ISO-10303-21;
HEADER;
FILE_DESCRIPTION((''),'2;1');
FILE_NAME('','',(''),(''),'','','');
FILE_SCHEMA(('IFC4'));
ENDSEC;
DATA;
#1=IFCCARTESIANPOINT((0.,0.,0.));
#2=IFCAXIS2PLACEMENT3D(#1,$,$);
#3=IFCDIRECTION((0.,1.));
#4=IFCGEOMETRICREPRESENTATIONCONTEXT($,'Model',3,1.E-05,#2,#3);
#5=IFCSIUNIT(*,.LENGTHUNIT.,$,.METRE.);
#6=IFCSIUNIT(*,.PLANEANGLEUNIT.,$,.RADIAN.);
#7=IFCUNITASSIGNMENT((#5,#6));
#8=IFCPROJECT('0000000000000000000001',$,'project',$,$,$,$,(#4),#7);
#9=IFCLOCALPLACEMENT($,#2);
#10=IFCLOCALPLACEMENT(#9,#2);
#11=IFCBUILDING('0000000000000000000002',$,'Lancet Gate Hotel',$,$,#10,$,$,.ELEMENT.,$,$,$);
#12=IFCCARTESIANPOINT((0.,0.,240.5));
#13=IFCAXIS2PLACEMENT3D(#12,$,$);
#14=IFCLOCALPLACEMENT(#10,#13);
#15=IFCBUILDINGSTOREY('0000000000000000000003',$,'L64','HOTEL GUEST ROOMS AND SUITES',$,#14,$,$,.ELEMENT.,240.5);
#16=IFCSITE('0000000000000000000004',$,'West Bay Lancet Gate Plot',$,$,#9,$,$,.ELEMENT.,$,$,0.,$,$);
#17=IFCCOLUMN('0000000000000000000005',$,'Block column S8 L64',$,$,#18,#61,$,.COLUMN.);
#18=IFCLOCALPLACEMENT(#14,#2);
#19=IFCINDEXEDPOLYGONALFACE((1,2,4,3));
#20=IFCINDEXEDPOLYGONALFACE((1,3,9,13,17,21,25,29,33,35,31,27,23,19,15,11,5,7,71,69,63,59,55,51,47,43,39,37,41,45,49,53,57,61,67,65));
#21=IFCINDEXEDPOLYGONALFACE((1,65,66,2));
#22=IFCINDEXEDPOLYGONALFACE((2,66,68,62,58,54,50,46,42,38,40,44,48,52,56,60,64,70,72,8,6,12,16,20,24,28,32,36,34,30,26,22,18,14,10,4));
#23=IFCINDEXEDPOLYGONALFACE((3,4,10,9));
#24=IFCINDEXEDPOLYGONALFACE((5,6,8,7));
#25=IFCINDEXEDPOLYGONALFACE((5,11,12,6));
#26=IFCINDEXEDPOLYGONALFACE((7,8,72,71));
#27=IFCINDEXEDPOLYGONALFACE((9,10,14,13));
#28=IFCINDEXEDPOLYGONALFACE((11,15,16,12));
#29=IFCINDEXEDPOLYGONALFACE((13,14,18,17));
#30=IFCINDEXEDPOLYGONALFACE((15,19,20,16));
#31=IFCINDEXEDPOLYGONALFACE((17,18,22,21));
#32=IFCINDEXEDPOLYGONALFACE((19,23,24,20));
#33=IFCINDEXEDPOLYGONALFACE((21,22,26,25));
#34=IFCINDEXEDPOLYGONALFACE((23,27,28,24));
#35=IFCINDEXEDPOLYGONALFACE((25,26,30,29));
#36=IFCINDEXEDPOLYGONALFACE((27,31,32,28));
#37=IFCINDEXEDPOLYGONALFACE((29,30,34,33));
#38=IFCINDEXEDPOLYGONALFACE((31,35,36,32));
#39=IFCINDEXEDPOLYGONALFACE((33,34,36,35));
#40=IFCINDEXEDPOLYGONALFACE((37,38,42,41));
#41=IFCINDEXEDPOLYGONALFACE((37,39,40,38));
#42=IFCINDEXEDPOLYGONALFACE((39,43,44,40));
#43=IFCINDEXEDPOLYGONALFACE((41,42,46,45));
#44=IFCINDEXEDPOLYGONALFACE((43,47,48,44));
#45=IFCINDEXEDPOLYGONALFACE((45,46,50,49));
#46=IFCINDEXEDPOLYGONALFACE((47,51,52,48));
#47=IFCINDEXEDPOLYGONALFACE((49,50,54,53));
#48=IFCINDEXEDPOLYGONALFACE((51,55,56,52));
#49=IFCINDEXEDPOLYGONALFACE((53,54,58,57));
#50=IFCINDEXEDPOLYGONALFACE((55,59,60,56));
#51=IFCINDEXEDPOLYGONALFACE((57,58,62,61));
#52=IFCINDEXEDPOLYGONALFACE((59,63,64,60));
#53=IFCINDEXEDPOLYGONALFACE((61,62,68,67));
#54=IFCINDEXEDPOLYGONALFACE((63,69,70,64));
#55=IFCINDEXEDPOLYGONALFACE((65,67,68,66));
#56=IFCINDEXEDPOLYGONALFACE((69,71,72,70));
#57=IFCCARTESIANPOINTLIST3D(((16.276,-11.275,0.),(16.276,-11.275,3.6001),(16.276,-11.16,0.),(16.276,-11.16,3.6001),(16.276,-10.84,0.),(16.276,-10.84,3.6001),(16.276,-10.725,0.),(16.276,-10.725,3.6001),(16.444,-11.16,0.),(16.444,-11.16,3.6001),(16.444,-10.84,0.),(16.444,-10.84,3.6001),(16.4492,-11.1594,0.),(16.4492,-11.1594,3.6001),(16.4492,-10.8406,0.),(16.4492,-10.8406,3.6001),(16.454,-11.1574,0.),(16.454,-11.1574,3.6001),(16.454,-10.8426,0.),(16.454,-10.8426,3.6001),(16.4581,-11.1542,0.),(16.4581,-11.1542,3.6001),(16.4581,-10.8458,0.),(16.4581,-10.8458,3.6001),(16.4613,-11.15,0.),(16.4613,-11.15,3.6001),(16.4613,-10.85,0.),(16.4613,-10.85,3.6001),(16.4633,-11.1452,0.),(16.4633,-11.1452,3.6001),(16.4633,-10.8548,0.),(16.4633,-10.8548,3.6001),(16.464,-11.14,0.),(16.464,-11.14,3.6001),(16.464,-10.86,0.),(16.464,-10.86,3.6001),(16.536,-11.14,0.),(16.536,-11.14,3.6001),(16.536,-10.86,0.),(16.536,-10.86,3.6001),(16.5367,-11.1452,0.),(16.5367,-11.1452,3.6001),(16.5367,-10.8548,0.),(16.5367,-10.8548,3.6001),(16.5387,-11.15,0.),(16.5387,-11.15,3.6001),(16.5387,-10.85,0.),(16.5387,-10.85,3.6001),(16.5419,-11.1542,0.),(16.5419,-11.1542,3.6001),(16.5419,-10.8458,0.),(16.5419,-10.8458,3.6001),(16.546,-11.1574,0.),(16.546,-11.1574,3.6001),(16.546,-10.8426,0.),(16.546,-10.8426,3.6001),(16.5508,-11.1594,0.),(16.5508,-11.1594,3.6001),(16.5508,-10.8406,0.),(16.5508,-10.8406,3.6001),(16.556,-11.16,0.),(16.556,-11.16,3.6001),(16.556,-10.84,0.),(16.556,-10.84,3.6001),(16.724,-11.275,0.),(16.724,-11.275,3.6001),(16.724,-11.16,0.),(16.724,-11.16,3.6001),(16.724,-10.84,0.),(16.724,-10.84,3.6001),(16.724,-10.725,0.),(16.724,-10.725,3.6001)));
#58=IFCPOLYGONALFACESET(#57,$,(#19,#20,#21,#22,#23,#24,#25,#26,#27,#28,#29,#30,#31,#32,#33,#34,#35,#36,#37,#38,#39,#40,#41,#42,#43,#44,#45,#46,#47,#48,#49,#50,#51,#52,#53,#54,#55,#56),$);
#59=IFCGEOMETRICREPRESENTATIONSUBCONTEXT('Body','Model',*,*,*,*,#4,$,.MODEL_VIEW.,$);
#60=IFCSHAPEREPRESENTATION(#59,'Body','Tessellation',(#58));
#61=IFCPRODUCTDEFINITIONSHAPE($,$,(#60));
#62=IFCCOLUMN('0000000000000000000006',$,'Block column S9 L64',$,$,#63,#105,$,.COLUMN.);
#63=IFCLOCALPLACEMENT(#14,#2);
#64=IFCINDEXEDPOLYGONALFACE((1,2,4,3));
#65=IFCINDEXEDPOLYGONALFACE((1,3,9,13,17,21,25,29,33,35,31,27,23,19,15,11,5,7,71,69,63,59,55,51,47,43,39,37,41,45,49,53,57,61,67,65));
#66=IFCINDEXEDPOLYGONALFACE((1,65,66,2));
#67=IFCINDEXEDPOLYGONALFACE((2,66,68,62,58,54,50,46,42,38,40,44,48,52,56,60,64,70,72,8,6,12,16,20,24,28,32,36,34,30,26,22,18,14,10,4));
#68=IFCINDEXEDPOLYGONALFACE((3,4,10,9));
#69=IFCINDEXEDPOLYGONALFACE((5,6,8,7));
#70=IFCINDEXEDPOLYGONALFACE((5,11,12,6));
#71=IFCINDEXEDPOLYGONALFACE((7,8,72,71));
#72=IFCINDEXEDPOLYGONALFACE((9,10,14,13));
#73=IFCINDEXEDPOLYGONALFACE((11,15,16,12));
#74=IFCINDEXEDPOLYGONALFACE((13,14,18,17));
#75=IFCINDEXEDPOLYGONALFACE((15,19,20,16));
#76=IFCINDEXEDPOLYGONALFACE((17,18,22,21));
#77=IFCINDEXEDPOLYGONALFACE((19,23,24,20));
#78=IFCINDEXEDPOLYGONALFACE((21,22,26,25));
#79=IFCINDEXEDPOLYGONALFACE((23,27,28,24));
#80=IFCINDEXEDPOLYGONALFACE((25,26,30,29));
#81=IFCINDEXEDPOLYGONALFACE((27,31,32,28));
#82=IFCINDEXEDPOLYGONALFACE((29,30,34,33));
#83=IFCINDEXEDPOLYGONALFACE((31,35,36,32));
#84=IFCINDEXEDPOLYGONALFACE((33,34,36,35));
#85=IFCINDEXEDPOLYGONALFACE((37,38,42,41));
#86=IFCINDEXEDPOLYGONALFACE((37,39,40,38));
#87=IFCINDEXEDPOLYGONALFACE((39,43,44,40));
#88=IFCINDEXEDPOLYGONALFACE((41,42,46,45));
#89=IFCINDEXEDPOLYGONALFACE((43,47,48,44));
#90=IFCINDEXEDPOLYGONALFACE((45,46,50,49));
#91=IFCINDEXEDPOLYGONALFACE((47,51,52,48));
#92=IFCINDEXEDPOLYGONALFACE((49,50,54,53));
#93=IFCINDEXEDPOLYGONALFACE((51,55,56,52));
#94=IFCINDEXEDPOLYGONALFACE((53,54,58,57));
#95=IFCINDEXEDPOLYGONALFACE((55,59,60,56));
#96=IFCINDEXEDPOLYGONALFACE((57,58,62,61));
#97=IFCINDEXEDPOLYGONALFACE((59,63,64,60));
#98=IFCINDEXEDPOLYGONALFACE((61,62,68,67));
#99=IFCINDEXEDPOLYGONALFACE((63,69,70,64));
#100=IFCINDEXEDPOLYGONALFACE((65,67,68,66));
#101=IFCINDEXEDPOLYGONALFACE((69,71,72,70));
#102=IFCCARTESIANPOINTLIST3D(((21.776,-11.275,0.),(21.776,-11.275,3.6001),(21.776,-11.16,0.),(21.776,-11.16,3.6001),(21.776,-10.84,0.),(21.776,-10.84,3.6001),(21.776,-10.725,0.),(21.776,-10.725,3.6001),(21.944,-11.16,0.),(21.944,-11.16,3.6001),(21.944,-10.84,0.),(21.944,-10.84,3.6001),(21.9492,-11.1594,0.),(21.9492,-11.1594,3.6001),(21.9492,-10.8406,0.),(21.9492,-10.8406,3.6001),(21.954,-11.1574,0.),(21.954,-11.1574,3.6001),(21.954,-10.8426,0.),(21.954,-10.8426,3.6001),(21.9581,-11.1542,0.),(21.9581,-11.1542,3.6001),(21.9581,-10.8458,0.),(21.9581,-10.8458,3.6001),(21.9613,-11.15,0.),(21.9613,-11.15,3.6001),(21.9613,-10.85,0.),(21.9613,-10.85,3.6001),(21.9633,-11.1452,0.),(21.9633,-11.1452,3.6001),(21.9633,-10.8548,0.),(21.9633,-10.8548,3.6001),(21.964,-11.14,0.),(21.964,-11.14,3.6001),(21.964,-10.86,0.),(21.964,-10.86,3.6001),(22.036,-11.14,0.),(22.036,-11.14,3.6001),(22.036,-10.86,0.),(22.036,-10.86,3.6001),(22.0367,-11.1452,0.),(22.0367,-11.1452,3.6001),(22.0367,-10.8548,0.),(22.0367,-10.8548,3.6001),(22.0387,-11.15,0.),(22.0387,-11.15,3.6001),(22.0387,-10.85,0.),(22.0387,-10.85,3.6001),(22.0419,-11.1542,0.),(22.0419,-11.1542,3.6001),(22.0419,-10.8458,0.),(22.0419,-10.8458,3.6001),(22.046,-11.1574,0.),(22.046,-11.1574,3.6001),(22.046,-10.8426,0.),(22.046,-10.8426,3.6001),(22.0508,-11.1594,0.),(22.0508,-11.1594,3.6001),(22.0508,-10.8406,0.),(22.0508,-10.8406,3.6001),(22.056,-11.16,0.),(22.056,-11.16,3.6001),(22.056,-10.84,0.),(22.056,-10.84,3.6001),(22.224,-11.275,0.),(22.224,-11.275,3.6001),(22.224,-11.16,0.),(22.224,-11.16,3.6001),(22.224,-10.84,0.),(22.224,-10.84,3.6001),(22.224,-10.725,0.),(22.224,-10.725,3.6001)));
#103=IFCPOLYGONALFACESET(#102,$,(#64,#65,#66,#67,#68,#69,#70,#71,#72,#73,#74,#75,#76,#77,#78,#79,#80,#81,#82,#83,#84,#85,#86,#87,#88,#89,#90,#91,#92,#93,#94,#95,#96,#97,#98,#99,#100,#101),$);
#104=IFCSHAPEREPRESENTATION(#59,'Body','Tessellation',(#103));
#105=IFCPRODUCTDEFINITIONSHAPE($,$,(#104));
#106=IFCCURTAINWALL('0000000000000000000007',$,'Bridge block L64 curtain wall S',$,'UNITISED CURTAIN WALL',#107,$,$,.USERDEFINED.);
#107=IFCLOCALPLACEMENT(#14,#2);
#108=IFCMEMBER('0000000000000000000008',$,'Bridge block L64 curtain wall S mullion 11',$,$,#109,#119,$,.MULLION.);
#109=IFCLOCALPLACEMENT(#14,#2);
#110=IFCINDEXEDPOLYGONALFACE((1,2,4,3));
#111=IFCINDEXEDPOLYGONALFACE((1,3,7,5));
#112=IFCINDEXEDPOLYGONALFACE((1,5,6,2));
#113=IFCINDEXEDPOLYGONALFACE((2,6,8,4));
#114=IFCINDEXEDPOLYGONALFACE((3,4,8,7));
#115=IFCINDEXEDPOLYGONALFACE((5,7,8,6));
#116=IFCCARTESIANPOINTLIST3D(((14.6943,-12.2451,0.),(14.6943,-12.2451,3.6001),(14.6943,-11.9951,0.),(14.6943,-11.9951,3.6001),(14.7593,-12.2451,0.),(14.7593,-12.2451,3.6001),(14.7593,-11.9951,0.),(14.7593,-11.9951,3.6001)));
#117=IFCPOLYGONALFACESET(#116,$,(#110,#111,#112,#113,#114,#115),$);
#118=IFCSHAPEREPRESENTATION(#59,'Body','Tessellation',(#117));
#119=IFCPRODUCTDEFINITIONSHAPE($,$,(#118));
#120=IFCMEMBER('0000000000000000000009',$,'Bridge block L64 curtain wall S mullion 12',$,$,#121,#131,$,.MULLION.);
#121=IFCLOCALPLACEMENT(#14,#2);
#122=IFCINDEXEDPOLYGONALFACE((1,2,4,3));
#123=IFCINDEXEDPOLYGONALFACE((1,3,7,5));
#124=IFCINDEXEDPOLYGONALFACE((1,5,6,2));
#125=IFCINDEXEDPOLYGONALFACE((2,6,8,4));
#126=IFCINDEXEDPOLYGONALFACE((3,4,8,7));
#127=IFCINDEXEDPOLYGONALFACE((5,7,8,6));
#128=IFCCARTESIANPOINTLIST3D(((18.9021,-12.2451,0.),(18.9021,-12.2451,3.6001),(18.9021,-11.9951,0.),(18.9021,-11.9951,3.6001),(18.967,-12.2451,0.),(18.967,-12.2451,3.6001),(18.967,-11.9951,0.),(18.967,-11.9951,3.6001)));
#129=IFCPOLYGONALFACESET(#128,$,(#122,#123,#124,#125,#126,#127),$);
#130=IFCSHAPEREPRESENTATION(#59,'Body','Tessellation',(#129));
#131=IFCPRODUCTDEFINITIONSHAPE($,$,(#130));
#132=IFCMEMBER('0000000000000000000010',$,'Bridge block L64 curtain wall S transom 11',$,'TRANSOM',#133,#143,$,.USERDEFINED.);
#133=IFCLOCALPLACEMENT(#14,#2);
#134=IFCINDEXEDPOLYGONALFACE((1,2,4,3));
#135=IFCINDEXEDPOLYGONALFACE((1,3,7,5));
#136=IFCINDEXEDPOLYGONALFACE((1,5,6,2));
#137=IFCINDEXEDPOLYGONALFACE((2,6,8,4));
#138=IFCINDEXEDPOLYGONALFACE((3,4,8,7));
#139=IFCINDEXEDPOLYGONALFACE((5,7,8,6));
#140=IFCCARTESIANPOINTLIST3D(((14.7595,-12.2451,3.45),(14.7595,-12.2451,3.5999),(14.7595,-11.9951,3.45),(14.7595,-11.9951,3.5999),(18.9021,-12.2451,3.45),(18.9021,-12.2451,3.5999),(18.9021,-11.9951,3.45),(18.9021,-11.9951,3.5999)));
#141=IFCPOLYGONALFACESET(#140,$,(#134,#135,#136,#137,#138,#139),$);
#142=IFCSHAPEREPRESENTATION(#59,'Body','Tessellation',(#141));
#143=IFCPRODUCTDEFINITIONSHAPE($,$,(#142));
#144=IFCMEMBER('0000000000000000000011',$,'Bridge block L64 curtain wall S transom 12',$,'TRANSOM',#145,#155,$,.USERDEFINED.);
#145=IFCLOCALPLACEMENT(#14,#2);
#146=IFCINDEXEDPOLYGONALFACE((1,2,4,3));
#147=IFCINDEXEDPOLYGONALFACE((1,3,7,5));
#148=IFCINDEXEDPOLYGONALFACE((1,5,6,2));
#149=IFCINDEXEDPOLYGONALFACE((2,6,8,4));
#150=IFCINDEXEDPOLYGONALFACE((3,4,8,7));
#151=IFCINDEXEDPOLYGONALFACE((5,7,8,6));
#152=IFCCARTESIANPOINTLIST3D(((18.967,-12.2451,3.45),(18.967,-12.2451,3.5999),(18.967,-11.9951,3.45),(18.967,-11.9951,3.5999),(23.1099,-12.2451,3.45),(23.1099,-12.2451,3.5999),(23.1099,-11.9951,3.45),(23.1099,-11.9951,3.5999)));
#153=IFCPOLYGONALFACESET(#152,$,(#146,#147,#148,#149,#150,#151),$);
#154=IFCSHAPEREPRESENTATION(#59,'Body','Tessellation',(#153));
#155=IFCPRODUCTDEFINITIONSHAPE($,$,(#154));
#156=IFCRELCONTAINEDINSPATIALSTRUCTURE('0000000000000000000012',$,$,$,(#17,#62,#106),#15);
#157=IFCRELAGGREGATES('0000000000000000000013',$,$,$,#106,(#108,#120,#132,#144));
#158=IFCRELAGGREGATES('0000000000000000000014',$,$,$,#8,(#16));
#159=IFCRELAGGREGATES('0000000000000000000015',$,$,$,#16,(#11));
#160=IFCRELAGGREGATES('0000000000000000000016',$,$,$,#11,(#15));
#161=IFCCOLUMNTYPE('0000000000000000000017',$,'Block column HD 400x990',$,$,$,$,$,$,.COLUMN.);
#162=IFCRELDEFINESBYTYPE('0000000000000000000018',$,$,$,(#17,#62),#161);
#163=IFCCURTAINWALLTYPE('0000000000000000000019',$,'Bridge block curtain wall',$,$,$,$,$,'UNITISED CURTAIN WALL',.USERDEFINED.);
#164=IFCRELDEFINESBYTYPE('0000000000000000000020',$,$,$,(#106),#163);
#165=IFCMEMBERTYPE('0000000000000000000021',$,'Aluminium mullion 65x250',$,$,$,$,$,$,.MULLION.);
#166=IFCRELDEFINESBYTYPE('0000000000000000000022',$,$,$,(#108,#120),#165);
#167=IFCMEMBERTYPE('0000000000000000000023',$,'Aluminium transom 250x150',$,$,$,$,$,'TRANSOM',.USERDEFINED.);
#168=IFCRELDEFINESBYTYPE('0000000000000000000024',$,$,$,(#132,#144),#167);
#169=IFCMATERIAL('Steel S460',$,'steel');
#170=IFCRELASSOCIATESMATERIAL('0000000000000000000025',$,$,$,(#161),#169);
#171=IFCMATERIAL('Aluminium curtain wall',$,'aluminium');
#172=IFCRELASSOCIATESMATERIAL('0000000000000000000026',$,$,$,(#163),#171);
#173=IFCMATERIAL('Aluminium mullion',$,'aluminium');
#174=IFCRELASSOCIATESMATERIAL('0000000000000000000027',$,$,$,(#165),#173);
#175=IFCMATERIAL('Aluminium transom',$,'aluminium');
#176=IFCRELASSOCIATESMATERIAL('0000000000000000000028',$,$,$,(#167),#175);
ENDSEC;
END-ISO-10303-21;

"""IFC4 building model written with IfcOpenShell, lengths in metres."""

from ifc_helpers import new_model, si_unit, direction, frame, origin, origin_2d, place, context, subcontext, project, spatial, rectangle, i_section, extrude, material, material_profile, profile_set, type_object, element, aggregate, save


model = new_model("IFC4")

# Units and contexts
model_context = context("Model", 3, precision=1e-05, world=origin(), true_north=direction((0.0, 1.0)))
body_context = subcontext(model_context, "Body", "Model", "MODEL_VIEW")
ifc_project = project(units=[si_unit("LENGTHUNIT", "METRE"), si_unit("PLANEANGLEUNIT", "RADIAN")], contexts=[model_context])

# Site, building, storey
site_placement = place(None, origin())
site = spatial("IfcSite", under=ifc_project, at=site_placement, Name="West Bay Lancet Gate Plot", CompositionType="ELEMENT", RefElevation=0.0)
building_placement = place(site_placement, origin())
building = spatial("IfcBuilding", under=site, at=building_placement, Name="Lancet Gate Hotel", CompositionType="ELEMENT")
storey_placement = place(building_placement, frame((0.0, 0.0, 240.5)))
storey = spatial("IfcBuildingStorey", under=building, at=storey_placement, Name="L64", Description="HOTEL GUEST ROOMS AND SUITES", CompositionType="ELEMENT", Elevation=240.5)

# Columns
ifc_material_1 = material(Name="Steel S460", Category="steel")
ifc_material_profile_1 = material_profile(ifc_material_1, i_section(OverallWidth=0.448, OverallDepth=0.55, WebThickness=0.072, FlangeThickness=0.115, FilletRadius=0.02, at=origin_2d()), Name="HD 400x990")
ifc_profile_set_1 = profile_set([ifc_material_profile_1], Name="Steel S460")
column_type = type_object("IfcColumnType", Name="Block column HD 400x990", PredefinedType="COLUMN", material=ifc_profile_set_1)
for number, where, z_axis, x_axis, name in (
    (1, (16.5, -11.0, 0.0), (0.0, 0.0, 1.0), (1.0, 0.0, 0.0), "Block column S8 L64"),
    (2, (22.0, -11.0, 0.0), (0.0, 0.0, 1.0), (1.0, 0.0, 0.0), "Block column S9 L64"),
):
    element("IfcColumn", number, at=place(storey_placement, frame(where, z_axis=z_axis, x_axis=x_axis)), inside=storey, type_object=column_type, Name=name, PredefinedType="COLUMN", context=body_context, shape_type="SweptSolid", body=[
        extrude(i_section(OverallWidth=0.448, OverallDepth=0.55, WebThickness=0.072, FlangeThickness=0.115, FilletRadius=0.02, at=origin_2d()), origin(), (0.0, 0.0, 1.0), 3.6001),
    ])

# Curtain wall, members
ifc_material_2 = material(Name="Aluminium curtain wall", Category="aluminium")
curtain_wall_type = type_object("IfcCurtainWallType", Name="Bridge block curtain wall", ElementType="UNITISED CURTAIN WALL", PredefinedType="USERDEFINED", material=ifc_material_2)
curtain_wall_placement = place(storey_placement, origin())
curtain_wall = element("IfcCurtainWall", 3, at=curtain_wall_placement, inside=storey, type_object=curtain_wall_type, Name="Bridge block L64 curtain wall S", ObjectType="UNITISED CURTAIN WALL", PredefinedType="USERDEFINED")
ifc_material_3 = material(Name="Aluminium mullion", Category="aluminium")
ifc_material_profile_2 = material_profile(ifc_material_3, rectangle(XDim=0.0649, YDim=0.25, at=origin_2d()), Name="MULLION 65x250")
ifc_profile_set_2 = profile_set([ifc_material_profile_2], Name="Aluminium mullion")
member_type_1 = type_object("IfcMemberType", Name="Aluminium mullion 65x250", PredefinedType="MULLION", material=ifc_profile_set_2)
member_1_placement = place(storey_placement, frame((14.7268, -12.1201, 0.0), z_axis=(0.0, 0.0, 1.0), x_axis=(1.0, 0.0, 0.0)))
member_1 = element("IfcMember", 4, at=member_1_placement, type_object=member_type_1, Name="Bridge block L64 curtain wall S mullion 11", PredefinedType="MULLION", context=body_context, shape_type="SweptSolid", body=[
    extrude(rectangle(XDim=0.0649, YDim=0.25, at=origin_2d()), origin(), (0.0, 0.0, 1.0), 3.6001),
])
member_2_placement = place(storey_placement, frame((18.9346, -12.1201, 0.0), z_axis=(0.0, 0.0, 1.0), x_axis=(1.0, 0.0, 0.0)))
member_2 = element("IfcMember", 5, at=member_2_placement, type_object=member_type_1, Name="Bridge block L64 curtain wall S mullion 12", PredefinedType="MULLION", context=body_context, shape_type="SweptSolid", body=[
    extrude(rectangle(XDim=0.0649, YDim=0.25, at=origin_2d()), origin(), (0.0, 0.0, 1.0), 3.6001),
])
ifc_material_4 = material(Name="Aluminium transom", Category="aluminium")
ifc_material_profile_3 = material_profile(ifc_material_4, rectangle(XDim=0.25, YDim=0.1499, at=origin_2d()), Name="TRANSOM 250x150")
ifc_profile_set_3 = profile_set([ifc_material_profile_3], Name="Aluminium transom")
member_type_2 = type_object("IfcMemberType", Name="Aluminium transom 250x150", ElementType="TRANSOM", PredefinedType="USERDEFINED", material=ifc_profile_set_3)
member_3_placement = place(storey_placement, frame((14.7595, -12.1201, 3.5249), z_axis=(1.0, 0.0, 0.0), x_axis=(0.0, 1.0, 0.0)))
member_3 = element("IfcMember", 6, at=member_3_placement, type_object=member_type_2, Name="Bridge block L64 curtain wall S transom 11", ObjectType="TRANSOM", PredefinedType="USERDEFINED", context=body_context, shape_type="SweptSolid", body=[
    extrude(rectangle(XDim=0.25, YDim=0.1499, at=origin_2d()), origin(), (0.0, 0.0, 1.0), 4.1426),
])
member_4_placement = place(storey_placement, frame((18.967, -12.1201, 3.5249), z_axis=(1.0, 0.0, 0.0), x_axis=(0.0, 1.0, 0.0)))
member_4 = element("IfcMember", 7, at=member_4_placement, type_object=member_type_2, Name="Bridge block L64 curtain wall S transom 12", ObjectType="TRANSOM", PredefinedType="USERDEFINED", context=body_context, shape_type="SweptSolid", body=[
    extrude(rectangle(XDim=0.25, YDim=0.1499, at=origin_2d()), origin(), (0.0, 0.0, 1.0), 4.1428),
])

aggregate(curtain_wall, [member_1, member_2, member_3, member_4])

save(model, "model.ifc")
